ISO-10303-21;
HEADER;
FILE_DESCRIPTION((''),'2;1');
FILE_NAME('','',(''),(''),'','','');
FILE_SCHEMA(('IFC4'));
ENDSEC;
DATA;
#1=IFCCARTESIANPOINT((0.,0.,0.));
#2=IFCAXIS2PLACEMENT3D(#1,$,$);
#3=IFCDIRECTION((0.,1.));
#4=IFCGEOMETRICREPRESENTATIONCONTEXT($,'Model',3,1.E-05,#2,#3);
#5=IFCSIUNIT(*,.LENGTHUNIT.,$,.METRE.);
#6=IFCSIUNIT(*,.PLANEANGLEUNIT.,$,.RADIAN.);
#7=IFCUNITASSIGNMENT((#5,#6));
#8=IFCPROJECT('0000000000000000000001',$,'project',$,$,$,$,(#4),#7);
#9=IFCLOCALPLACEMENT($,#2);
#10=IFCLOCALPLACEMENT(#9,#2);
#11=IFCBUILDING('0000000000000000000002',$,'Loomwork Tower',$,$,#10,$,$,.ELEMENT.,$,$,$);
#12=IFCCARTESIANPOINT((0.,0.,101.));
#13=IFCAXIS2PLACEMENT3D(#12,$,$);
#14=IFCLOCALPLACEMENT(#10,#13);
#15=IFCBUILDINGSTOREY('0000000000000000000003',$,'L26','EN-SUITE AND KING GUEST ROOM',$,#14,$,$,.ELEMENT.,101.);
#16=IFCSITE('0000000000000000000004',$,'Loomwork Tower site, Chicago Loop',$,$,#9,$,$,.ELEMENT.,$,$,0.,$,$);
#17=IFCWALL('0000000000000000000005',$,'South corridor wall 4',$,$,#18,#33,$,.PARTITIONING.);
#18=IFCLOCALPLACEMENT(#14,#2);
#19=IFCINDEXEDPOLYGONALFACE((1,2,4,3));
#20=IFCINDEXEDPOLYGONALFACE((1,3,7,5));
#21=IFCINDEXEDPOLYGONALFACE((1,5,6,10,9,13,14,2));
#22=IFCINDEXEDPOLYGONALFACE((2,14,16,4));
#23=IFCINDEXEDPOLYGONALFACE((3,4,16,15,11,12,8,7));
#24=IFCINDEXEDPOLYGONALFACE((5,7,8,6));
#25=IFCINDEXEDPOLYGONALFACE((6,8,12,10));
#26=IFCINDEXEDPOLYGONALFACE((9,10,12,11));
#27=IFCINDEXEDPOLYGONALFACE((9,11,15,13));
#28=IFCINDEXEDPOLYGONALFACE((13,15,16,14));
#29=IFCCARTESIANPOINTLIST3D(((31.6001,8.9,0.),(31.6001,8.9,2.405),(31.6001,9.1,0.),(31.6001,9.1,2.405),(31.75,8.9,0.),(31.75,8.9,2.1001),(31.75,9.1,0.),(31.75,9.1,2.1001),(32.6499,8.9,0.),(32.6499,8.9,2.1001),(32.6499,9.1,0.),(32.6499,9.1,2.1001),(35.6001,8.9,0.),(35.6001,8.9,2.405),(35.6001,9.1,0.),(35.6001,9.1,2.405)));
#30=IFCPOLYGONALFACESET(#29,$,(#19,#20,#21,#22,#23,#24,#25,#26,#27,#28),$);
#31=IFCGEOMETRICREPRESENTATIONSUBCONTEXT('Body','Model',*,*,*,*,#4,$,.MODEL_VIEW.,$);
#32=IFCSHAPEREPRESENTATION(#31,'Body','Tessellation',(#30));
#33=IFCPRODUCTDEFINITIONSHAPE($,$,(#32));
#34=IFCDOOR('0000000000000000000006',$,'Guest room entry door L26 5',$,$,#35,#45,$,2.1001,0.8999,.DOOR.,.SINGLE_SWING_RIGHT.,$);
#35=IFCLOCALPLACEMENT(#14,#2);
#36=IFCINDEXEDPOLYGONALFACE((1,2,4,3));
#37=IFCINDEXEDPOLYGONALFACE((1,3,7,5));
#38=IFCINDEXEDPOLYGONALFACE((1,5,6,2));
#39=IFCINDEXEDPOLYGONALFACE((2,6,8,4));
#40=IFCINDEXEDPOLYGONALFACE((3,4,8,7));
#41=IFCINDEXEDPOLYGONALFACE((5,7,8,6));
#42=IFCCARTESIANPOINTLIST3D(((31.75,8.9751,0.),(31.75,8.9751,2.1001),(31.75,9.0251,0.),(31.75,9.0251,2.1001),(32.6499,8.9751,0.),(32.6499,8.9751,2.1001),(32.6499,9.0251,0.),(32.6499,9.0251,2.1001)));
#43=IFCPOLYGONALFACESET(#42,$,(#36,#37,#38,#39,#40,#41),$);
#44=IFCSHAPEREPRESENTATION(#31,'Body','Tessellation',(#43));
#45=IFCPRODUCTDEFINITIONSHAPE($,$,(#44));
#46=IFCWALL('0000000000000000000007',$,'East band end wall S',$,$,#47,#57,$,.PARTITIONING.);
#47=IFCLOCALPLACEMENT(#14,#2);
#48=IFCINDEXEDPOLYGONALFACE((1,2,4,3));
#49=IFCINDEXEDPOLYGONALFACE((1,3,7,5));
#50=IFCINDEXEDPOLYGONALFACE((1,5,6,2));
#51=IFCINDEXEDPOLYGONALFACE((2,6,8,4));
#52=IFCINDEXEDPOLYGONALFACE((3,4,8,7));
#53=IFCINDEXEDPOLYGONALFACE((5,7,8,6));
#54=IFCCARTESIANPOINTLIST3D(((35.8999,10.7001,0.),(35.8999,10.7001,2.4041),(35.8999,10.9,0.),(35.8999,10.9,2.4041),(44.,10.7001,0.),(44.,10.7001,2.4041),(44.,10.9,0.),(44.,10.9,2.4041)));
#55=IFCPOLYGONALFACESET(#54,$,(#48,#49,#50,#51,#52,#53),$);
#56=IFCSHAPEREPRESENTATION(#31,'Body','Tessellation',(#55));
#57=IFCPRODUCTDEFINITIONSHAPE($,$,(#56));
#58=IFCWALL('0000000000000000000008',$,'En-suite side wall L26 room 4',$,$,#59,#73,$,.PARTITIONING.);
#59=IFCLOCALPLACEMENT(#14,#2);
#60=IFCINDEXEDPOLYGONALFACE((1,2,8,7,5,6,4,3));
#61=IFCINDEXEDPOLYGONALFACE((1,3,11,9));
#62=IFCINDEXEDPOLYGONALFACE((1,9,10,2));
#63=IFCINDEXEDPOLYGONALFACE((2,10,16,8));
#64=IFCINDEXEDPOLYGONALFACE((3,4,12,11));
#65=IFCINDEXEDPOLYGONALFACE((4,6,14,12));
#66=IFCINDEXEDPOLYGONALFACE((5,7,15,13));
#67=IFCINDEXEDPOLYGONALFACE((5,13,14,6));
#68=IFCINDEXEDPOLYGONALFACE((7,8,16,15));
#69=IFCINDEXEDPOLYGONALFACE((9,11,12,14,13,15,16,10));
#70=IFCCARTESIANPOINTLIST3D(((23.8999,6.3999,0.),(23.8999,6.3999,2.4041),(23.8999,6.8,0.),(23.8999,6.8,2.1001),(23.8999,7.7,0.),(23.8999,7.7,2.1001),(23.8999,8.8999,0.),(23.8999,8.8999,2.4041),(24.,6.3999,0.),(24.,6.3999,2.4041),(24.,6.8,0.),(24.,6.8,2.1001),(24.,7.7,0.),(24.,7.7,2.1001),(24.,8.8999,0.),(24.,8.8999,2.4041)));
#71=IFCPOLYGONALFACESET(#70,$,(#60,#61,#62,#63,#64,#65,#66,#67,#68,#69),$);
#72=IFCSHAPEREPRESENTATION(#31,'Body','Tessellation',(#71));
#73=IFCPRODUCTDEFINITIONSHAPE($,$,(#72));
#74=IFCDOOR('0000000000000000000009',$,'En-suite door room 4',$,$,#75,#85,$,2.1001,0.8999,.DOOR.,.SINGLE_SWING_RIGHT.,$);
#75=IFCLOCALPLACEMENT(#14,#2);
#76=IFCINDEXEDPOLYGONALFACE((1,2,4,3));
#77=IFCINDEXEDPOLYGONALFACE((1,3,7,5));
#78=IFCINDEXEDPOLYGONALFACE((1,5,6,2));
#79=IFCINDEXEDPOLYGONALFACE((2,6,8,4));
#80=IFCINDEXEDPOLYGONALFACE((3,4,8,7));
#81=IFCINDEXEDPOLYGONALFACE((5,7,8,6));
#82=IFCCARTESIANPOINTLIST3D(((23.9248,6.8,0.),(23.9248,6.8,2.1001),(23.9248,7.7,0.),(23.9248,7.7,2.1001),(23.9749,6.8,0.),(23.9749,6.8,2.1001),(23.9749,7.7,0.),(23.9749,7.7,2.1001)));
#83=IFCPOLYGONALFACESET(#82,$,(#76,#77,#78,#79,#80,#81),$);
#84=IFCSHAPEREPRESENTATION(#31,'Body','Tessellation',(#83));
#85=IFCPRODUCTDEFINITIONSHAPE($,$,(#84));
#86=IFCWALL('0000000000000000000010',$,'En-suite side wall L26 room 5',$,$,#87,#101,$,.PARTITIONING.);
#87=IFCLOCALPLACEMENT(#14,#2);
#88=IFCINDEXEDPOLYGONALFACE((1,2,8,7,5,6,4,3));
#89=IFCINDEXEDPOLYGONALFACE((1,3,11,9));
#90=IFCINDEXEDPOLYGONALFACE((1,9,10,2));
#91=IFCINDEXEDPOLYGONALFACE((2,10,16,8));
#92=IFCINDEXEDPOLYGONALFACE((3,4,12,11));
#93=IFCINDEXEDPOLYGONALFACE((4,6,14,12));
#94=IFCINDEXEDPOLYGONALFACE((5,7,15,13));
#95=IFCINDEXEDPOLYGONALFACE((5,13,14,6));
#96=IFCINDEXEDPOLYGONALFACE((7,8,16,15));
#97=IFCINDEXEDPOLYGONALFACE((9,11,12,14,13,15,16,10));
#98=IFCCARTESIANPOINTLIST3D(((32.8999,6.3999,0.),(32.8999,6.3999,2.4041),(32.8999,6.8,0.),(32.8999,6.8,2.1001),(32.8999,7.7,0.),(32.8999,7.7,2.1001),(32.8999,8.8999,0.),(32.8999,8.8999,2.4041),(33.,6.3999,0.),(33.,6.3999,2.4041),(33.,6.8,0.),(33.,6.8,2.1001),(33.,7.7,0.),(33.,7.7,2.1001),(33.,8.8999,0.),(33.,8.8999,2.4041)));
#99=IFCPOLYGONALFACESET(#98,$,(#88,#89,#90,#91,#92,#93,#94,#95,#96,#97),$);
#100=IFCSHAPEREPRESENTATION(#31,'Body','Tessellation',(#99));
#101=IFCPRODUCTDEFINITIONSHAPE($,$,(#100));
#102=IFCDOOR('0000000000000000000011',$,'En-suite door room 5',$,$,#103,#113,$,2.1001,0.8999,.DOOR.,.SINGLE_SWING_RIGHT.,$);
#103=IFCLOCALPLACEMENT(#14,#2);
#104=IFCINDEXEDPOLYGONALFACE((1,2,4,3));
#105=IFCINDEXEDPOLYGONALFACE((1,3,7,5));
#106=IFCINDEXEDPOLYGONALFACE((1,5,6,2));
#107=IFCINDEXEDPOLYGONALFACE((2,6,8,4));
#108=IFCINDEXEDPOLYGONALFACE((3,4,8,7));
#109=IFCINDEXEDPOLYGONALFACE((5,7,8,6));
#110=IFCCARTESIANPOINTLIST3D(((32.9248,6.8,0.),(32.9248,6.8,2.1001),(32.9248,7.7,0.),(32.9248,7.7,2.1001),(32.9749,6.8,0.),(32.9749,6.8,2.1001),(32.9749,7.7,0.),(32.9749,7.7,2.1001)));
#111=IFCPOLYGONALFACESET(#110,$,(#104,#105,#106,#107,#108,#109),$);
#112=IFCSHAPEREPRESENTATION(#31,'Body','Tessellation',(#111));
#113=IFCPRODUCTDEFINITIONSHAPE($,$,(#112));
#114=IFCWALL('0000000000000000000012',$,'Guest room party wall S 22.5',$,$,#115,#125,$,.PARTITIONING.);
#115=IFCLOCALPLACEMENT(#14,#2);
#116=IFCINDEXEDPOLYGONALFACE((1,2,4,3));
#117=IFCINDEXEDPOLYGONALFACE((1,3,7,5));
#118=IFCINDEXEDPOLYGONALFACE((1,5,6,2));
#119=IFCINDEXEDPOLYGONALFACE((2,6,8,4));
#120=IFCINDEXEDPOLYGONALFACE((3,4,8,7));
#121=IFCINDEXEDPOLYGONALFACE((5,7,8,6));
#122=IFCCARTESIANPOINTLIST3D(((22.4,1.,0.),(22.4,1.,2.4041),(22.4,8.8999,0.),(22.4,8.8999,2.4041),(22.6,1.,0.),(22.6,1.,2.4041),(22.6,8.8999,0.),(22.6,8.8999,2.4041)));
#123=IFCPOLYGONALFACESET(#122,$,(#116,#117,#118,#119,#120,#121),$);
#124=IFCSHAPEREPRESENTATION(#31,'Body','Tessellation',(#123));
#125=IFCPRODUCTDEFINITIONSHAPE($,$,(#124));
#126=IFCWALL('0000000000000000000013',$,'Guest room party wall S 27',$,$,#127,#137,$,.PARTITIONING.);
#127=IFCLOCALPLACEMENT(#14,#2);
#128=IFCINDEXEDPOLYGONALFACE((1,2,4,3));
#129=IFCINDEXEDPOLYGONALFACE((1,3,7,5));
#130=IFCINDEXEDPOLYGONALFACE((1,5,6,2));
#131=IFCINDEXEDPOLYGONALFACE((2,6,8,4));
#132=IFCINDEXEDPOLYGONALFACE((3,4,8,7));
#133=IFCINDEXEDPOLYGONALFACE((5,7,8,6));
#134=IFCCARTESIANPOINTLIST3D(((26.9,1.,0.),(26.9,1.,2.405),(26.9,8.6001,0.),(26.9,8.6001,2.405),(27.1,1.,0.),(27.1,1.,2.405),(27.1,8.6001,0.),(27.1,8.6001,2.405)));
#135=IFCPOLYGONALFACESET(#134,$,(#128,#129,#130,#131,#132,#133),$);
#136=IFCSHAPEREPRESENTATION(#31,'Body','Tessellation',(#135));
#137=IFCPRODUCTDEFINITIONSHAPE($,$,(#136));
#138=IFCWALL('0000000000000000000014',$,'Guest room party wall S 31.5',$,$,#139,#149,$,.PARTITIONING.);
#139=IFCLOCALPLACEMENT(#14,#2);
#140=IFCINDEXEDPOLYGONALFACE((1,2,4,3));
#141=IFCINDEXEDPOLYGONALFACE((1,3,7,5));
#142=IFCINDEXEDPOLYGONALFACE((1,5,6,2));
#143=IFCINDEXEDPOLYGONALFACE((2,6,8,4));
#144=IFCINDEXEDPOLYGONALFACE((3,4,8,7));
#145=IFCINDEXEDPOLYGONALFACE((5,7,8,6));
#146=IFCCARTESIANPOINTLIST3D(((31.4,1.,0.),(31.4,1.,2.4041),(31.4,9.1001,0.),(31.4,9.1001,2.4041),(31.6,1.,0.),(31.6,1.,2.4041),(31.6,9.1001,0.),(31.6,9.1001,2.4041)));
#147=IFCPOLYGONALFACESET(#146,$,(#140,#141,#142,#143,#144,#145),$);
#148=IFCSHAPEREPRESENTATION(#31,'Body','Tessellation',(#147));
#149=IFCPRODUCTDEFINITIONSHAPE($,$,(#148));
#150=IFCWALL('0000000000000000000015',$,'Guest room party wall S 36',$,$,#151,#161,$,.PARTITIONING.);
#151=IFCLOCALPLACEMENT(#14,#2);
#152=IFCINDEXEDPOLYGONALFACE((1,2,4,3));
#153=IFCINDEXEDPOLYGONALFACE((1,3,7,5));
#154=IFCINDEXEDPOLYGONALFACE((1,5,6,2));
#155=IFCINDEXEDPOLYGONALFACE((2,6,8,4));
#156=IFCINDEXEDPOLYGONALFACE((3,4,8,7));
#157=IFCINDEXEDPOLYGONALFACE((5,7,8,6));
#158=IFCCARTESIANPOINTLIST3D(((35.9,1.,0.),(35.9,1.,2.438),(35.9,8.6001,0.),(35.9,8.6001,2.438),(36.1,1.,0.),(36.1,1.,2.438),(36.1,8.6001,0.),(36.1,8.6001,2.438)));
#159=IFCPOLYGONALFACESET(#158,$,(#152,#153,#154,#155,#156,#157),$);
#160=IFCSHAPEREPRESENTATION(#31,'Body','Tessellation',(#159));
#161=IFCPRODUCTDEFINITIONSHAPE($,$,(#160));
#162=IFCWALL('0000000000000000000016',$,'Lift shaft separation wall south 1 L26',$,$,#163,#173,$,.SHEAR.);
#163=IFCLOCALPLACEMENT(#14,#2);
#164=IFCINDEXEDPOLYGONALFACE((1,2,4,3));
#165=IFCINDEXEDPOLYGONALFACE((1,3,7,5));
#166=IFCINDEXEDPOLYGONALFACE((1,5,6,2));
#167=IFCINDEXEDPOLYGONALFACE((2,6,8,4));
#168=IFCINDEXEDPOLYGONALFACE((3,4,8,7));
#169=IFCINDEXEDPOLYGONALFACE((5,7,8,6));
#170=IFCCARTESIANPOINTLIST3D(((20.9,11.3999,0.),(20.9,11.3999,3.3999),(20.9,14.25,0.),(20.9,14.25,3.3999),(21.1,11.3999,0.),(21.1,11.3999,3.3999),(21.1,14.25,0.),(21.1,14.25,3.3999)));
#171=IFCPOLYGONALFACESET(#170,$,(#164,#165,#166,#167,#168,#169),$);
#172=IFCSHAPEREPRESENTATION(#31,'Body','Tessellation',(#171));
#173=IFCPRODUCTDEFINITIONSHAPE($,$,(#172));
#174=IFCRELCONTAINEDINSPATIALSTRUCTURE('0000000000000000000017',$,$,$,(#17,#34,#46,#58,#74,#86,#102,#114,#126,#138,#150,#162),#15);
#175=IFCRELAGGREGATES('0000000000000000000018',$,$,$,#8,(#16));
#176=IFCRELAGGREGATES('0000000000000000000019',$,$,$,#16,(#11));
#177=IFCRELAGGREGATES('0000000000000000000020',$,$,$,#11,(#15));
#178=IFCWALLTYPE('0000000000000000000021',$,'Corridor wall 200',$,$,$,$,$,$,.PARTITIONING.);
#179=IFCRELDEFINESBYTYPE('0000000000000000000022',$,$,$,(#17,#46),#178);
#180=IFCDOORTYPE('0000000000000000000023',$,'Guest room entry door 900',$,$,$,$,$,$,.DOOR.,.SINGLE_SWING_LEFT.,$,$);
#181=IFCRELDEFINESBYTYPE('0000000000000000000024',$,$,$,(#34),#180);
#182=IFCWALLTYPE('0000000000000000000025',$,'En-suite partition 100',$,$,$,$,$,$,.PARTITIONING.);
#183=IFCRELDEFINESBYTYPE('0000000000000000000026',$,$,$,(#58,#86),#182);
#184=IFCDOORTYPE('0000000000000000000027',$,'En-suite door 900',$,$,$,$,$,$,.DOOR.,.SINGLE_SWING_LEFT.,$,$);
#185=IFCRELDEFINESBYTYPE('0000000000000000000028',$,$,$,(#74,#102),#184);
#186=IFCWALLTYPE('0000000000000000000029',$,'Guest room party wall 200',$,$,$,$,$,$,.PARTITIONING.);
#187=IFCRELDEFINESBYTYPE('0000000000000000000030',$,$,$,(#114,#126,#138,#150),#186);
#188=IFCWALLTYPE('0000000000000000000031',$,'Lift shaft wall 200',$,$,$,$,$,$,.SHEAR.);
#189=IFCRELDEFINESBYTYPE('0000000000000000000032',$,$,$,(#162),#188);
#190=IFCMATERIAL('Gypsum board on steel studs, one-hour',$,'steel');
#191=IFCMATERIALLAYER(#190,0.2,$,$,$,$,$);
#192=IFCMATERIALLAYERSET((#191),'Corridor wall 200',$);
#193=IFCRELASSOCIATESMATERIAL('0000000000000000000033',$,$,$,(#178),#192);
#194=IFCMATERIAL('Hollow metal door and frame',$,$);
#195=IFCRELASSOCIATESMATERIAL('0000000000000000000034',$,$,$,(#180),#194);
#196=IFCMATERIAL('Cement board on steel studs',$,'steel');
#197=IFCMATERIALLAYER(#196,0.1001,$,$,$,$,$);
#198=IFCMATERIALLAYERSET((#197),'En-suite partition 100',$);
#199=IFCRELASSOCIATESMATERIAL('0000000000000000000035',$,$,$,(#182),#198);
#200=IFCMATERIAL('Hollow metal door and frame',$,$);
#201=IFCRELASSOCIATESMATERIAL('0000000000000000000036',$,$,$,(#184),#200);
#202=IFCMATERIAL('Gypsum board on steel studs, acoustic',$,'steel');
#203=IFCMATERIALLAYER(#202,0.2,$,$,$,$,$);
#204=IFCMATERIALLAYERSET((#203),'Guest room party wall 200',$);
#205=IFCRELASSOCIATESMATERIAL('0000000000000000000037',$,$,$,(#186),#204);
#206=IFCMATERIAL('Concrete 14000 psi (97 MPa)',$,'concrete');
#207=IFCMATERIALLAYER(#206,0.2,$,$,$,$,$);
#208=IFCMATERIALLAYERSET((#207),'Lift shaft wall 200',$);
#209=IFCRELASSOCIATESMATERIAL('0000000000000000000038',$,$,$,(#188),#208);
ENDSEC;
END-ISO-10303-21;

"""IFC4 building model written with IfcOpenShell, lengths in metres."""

from ifc_helpers import new_model, si_unit, direction, frame, frame_2d, origin, place, context, subcontext, project, spatial, rectangle, extrude, material, layer, layer_set, type_object, element, fill, save


model = new_model("IFC4")

# Units and contexts
model_context = context("Model", 3, precision=1e-05, world=origin(), true_north=direction((0.0, 1.0)))
body_context = subcontext(model_context, "Body", "Model", "MODEL_VIEW")
ifc_project = project(units=[si_unit("LENGTHUNIT", "METRE"), si_unit("PLANEANGLEUNIT", "RADIAN")], contexts=[model_context])

# Site, building, storey
site_placement = place(None, origin())
site = spatial("IfcSite", under=ifc_project, at=site_placement, Name="Loomwork Tower site, Chicago Loop", CompositionType="ELEMENT", RefElevation=0.0)
building_placement = place(site_placement, origin())
building = spatial("IfcBuilding", under=site, at=building_placement, Name="Loomwork Tower", CompositionType="ELEMENT")
storey_placement = place(building_placement, frame((0.0, 0.0, 101.0)))
storey = spatial("IfcBuildingStorey", under=building, at=storey_placement, Name="L26", Description="EN-SUITE AND KING GUEST ROOM", CompositionType="ELEMENT", Elevation=101.0)

# Wall, opening, door
ifc_material_1 = material(Name="Gypsum board on steel studs, one-hour", Category="steel")
ifc_layer_1 = layer(ifc_material_1, 0.2)
ifc_layer_set_1 = layer_set([ifc_layer_1], Name="Corridor wall 200")
wall_type_1 = type_object("IfcWallType", Name="Corridor wall 200", PredefinedType="PARTITIONING", material=ifc_layer_set_1)
wall_1_placement = place(storey_placement, frame((31.6001, 9.0, 0.0), z_axis=(0.0, 0.0, 1.0), x_axis=(1.0, 0.0, 0.0)))
wall_1 = element("IfcWall", 1, at=wall_1_placement, inside=storey, type_object=wall_type_1, Name="South corridor wall 4", PredefinedType="PARTITIONING", context=body_context, shape_type="SweptSolid", body=[
    extrude(rectangle(XDim=4.0, YDim=0.2, at=frame_2d((2.0, 0.0))), origin(), (0.0, 0.0, 1.0), 2.405),
])
opening_1_placement = place(wall_1_placement, frame((0.1499, 0.0, 0.0)))
opening_1 = element("IfcOpeningElement", 2, at=opening_1_placement, cuts=wall_1, PredefinedType="OPENING", context=body_context, shape_type="SweptSolid", body=[
    extrude(rectangle(XDim=0.8999, YDim=2.1001, at=frame_2d((0.45, 1.05))), frame((0.0, 0.1099, 0.0), z_axis=(0.0, -1.0, 0.0), x_axis=(1.0, 0.0, 0.0)), (0.0, 0.0, 1.0), 0.22),
])
ifc_material_2 = material(Name="Hollow metal door and frame")
door_type_1 = type_object("IfcDoorType", Name="Guest room entry door 900", OperationType="SINGLE_SWING_LEFT", PredefinedType="DOOR", material=ifc_material_2)
door_1_placement = place(opening_1_placement, frame((0.8999, 0.0, 0.0), z_axis=(0.0, 0.0, 1.0), x_axis=(-1.0, 0.0, 0.0)))
door_1 = element("IfcDoor", 3, at=door_1_placement, inside=storey, type_object=door_type_1, Name="Guest room entry door L26 5", OperationType="SINGLE_SWING_RIGHT", OverallHeight=2.1001, OverallWidth=0.8999, PredefinedType="DOOR", context=body_context, shape_type="SweptSolid", body=[
    extrude(rectangle(XDim=0.8999, YDim=2.1001, at=frame_2d((0.45, 1.05))), frame((0.0, 0.0249, 0.0), z_axis=(0.0, -1.0, 0.0), x_axis=(1.0, 0.0, 0.0)), (0.0, 0.0, 1.0), 0.05),
])
fill(opening_1, door_1)

# Wall
wall_2_placement = place(storey_placement, frame((35.8999, 10.8, 0.0), z_axis=(0.0, 0.0, 1.0), x_axis=(1.0, 0.0, 0.0)))
element("IfcWall", 4, at=wall_2_placement, inside=storey, type_object=wall_type_1, Name="East band end wall S", PredefinedType="PARTITIONING", context=body_context, shape_type="SweptSolid", body=[
    extrude(rectangle(XDim=8.1001, YDim=0.2, at=frame_2d((4.05, 0.0))), origin(), (0.0, 0.0, 1.0), 2.4041),
])

# Walls, openings, doors
ifc_material_3 = material(Name="Cement board on steel studs", Category="steel")
ifc_layer_2 = layer(ifc_material_3, 0.1001)
ifc_layer_set_2 = layer_set([ifc_layer_2], Name="En-suite partition 100")
wall_type_2 = type_object("IfcWallType", Name="En-suite partition 100", PredefinedType="PARTITIONING", material=ifc_layer_set_2)
wall_3_placement = place(storey_placement, frame((23.95, 8.8999, 0.0), z_axis=(0.0, 0.0, 1.0), x_axis=(0.0, -1.0, 0.0)))
wall_3 = element("IfcWall", 5, at=wall_3_placement, inside=storey, type_object=wall_type_2, Name="En-suite side wall L26 room 4", PredefinedType="PARTITIONING", context=body_context, shape_type="SweptSolid", body=[
    extrude(rectangle(XDim=2.5, YDim=0.1001, at=frame_2d((1.25, 0.0))), origin(), (0.0, 0.0, 1.0), 2.4041),
])
opening_2_placement = place(wall_3_placement, frame((1.2, 0.0, 0.0)))
opening_2 = element("IfcOpeningElement", 6, at=opening_2_placement, cuts=wall_3, PredefinedType="OPENING", context=body_context, shape_type="SweptSolid", body=[
    extrude(rectangle(XDim=0.8999, YDim=2.1001, at=frame_2d((0.45, 1.05))), frame((0.0, 0.0601, 0.0), z_axis=(0.0, -1.0, 0.0), x_axis=(1.0, 0.0, 0.0)), (0.0, 0.0, 1.0), 0.1201),
])
ifc_material_4 = material(Name="Hollow metal door and frame")
door_type_2 = type_object("IfcDoorType", Name="En-suite door 900", OperationType="SINGLE_SWING_LEFT", PredefinedType="DOOR", material=ifc_material_4)
door_2_placement = place(opening_2_placement, origin())
door_2 = element("IfcDoor", 7, at=door_2_placement, inside=storey, type_object=door_type_2, Name="En-suite door room 4", OperationType="SINGLE_SWING_RIGHT", OverallHeight=2.1001, OverallWidth=0.8999, PredefinedType="DOOR", context=body_context, shape_type="SweptSolid", body=[
    extrude(rectangle(XDim=0.8999, YDim=2.1001, at=frame_2d((0.45, 1.05))), frame((0.0, 0.0249, 0.0), z_axis=(0.0, -1.0, 0.0), x_axis=(1.0, 0.0, 0.0)), (0.0, 0.0, 1.0), 0.05),
])
fill(opening_2, door_2)
wall_4_placement = place(storey_placement, frame((32.95, 8.8999, 0.0), z_axis=(0.0, 0.0, 1.0), x_axis=(0.0, -1.0, 0.0)))
wall_4 = element("IfcWall", 8, at=wall_4_placement, inside=storey, type_object=wall_type_2, Name="En-suite side wall L26 room 5", PredefinedType="PARTITIONING", context=body_context, shape_type="SweptSolid", body=[
    extrude(rectangle(XDim=2.5, YDim=0.1001, at=frame_2d((1.25, 0.0))), origin(), (0.0, 0.0, 1.0), 2.4041),
])
opening_3_placement = place(wall_4_placement, frame((1.2, 0.0, 0.0)))
opening_3 = element("IfcOpeningElement", 9, at=opening_3_placement, cuts=wall_4, PredefinedType="OPENING", context=body_context, shape_type="SweptSolid", body=[
    extrude(rectangle(XDim=0.8999, YDim=2.1001, at=frame_2d((0.45, 1.05))), frame((0.0, 0.0601, 0.0), z_axis=(0.0, -1.0, 0.0), x_axis=(1.0, 0.0, 0.0)), (0.0, 0.0, 1.0), 0.1201),
])
door_3_placement = place(opening_3_placement, origin())
door_3 = element("IfcDoor", 10, at=door_3_placement, inside=storey, type_object=door_type_2, Name="En-suite door room 5", OperationType="SINGLE_SWING_RIGHT", OverallHeight=2.1001, OverallWidth=0.8999, PredefinedType="DOOR", context=body_context, shape_type="SweptSolid", body=[
    extrude(rectangle(XDim=0.8999, YDim=2.1001, at=frame_2d((0.45, 1.05))), frame((0.0, 0.0249, 0.0), z_axis=(0.0, -1.0, 0.0), x_axis=(1.0, 0.0, 0.0)), (0.0, 0.0, 1.0), 0.05),
])
fill(opening_3, door_3)

# Walls
ifc_material_5 = material(Name="Gypsum board on steel studs, acoustic", Category="steel")
ifc_layer_3 = layer(ifc_material_5, 0.2)
ifc_layer_set_3 = layer_set([ifc_layer_3], Name="Guest room party wall 200")
wall_type_3 = type_object("IfcWallType", Name="Guest room party wall 200", PredefinedType="PARTITIONING", material=ifc_layer_set_3)
wall_5_placement = place(storey_placement, frame((22.5, 8.8999, 0.0), z_axis=(0.0, 0.0, 1.0), x_axis=(0.0, -1.0, 0.0)))
element("IfcWall", 11, at=wall_5_placement, inside=storey, type_object=wall_type_3, Name="Guest room party wall S 22.5", PredefinedType="PARTITIONING", context=body_context, shape_type="SweptSolid", body=[
    extrude(rectangle(XDim=7.8999, YDim=0.2, at=frame_2d((3.95, 0.0))), origin(), (0.0, 0.0, 1.0), 2.4041),
])
wall_6_placement = place(storey_placement, frame((27.0, 8.6001, 0.0), z_axis=(0.0, 0.0, 1.0), x_axis=(0.0, -1.0, 0.0)))
element("IfcWall", 12, at=wall_6_placement, inside=storey, type_object=wall_type_3, Name="Guest room party wall S 27", PredefinedType="PARTITIONING", context=body_context, shape_type="SweptSolid", body=[
    extrude(rectangle(XDim=7.6001, YDim=0.2, at=frame_2d((3.8, 0.0))), origin(), (0.0, 0.0, 1.0), 2.405),
])
wall_7_placement = place(storey_placement, frame((31.5, 9.1001, 0.0), z_axis=(0.0, 0.0, 1.0), x_axis=(0.0, -1.0, 0.0)))
element("IfcWall", 13, at=wall_7_placement, inside=storey, type_object=wall_type_3, Name="Guest room party wall S 31.5", PredefinedType="PARTITIONING", context=body_context, shape_type="SweptSolid", body=[
    extrude(rectangle(XDim=8.1001, YDim=0.2, at=frame_2d((4.05, 0.0))), origin(), (0.0, 0.0, 1.0), 2.4041),
])
wall_8_placement = place(storey_placement, frame((36.0, 8.6001, 0.0), z_axis=(0.0, 0.0, 1.0), x_axis=(0.0, -1.0, 0.0)))
element("IfcWall", 14, at=wall_8_placement, inside=storey, type_object=wall_type_3, Name="Guest room party wall S 36", PredefinedType="PARTITIONING", context=body_context, shape_type="SweptSolid", body=[
    extrude(rectangle(XDim=7.6001, YDim=0.2, at=frame_2d((3.8, 0.0))), origin(), (0.0, 0.0, 1.0), 2.438),
])
ifc_material_6 = material(Name="Concrete 14000 psi (97 MPa)", Category="concrete")
ifc_layer_4 = layer(ifc_material_6, 0.2)
ifc_layer_set_4 = layer_set([ifc_layer_4], Name="Lift shaft wall 200")
wall_type_4 = type_object("IfcWallType", Name="Lift shaft wall 200", PredefinedType="SHEAR", material=ifc_layer_set_4)
for number, where, z_axis, x_axis, name in (
    (15, (21.0, 11.3999, 0.0), (0.0, 0.0, 1.0), (0.0, 1.0, 0.0), "Lift shaft separation wall south 1 L26"),
):
    element("IfcWall", number, at=place(storey_placement, frame(where, z_axis=z_axis, x_axis=x_axis)), inside=storey, type_object=wall_type_4, Name=name, PredefinedType="SHEAR", context=body_context, shape_type="SweptSolid", body=[
        extrude(rectangle(XDim=2.8501, YDim=0.2, at=frame_2d((1.425, 0.0))), origin(), (0.0, 0.0, 1.0), 3.3999),
    ])

save(model, "model.ifc")
